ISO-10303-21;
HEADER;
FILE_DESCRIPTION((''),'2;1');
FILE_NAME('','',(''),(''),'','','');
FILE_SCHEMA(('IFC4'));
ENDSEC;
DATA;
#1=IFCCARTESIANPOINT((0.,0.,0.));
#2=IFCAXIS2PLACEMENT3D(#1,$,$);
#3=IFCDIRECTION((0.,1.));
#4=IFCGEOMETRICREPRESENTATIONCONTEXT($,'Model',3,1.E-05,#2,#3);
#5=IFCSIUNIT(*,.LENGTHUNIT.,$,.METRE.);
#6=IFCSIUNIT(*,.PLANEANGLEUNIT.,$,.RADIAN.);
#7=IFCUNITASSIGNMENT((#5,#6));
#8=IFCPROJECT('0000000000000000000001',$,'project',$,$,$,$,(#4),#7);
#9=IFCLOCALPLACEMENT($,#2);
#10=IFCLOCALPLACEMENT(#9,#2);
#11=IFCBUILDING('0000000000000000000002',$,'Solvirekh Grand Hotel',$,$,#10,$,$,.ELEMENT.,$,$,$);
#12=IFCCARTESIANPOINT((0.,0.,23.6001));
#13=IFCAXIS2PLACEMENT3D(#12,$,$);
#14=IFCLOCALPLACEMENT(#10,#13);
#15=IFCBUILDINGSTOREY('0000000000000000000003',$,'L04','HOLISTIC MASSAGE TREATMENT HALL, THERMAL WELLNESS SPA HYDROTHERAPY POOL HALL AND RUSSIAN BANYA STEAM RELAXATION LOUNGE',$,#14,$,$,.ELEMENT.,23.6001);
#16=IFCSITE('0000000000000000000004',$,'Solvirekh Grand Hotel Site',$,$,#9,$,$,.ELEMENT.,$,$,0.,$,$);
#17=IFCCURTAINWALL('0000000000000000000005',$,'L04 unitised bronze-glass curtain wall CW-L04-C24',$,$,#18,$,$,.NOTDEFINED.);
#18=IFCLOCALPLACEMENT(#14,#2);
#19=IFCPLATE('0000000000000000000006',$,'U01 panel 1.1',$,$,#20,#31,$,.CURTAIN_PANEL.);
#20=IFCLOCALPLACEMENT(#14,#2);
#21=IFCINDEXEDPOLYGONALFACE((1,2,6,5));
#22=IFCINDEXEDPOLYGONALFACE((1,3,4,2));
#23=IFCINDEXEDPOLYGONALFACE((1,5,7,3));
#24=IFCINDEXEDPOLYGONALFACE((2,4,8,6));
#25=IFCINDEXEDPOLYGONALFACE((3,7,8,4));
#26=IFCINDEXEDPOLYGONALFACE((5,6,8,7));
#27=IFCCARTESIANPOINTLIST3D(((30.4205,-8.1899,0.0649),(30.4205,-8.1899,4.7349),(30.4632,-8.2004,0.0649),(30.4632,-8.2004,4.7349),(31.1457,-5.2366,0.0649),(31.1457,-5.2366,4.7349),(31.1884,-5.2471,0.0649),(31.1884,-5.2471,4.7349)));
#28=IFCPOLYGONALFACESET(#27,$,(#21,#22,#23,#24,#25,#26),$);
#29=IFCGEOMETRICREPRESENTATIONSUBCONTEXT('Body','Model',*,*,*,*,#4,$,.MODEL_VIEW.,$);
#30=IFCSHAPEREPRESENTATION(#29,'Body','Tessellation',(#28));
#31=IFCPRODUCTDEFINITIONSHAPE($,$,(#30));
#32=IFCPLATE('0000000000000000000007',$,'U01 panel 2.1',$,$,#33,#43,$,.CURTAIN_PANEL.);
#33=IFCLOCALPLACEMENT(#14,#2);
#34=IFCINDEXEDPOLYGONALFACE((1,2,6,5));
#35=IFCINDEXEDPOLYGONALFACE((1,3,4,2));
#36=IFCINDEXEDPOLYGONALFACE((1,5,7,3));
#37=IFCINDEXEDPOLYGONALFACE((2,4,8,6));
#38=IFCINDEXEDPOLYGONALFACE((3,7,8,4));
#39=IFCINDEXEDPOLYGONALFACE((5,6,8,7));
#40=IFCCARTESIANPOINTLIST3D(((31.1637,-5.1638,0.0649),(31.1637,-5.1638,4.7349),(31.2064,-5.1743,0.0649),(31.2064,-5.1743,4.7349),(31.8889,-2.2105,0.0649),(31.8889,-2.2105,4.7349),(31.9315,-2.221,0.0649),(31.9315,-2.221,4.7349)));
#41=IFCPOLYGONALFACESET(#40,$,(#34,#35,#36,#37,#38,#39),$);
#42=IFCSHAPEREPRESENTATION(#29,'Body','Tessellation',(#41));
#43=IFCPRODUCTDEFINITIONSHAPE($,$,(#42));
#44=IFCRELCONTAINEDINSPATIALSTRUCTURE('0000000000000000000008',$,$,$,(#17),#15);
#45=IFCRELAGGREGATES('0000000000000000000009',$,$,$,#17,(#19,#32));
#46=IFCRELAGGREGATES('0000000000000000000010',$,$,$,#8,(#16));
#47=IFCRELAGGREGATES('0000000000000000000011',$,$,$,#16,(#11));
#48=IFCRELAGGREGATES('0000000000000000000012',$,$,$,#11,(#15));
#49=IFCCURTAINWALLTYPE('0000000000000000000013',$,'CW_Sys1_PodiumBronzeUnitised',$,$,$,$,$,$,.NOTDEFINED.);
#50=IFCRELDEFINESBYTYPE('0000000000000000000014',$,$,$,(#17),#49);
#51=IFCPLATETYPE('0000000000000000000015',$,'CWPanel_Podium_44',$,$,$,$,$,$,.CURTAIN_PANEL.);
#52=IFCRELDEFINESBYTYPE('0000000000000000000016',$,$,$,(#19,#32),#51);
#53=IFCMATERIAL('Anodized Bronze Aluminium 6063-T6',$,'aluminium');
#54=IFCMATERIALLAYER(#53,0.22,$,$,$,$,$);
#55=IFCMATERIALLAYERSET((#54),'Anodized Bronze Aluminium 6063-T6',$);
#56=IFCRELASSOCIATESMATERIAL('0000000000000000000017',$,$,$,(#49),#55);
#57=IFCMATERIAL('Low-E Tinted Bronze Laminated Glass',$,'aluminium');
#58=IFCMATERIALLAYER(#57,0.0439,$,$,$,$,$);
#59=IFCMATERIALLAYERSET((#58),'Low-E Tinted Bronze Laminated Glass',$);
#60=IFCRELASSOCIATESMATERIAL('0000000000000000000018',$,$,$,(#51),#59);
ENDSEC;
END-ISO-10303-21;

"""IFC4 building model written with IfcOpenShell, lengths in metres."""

from ifc_helpers import new_model, si_unit, direction, frame, origin, origin_2d, place, context, subcontext, project, spatial, rectangle, extrude, source, transform, mapped, material, layer, layer_set, type_object, element, aggregate, save


model = new_model("IFC4")

# Units and contexts
model_context = context("Model", 3, precision=1e-05, world=origin(), true_north=direction((0.0, 1.0)))
body_context = subcontext(model_context, "Body", "Model", "MODEL_VIEW")
ifc_project = project(units=[si_unit("LENGTHUNIT", "METRE"), si_unit("PLANEANGLEUNIT", "RADIAN")], contexts=[model_context])

# Site, building, storey
site_placement = place(None, origin())
site = spatial("IfcSite", under=ifc_project, at=site_placement, Name="Solvirekh Grand Hotel Site", CompositionType="ELEMENT", RefElevation=0.0)
building_placement = place(site_placement, origin())
building = spatial("IfcBuilding", under=site, at=building_placement, Name="Solvirekh Grand Hotel", CompositionType="ELEMENT")
storey_placement = place(building_placement, frame((0.0, 0.0, 23.6001)))
storey = spatial("IfcBuildingStorey", under=building, at=storey_placement, Name="L04", Description="HOLISTIC MASSAGE TREATMENT HALL, THERMAL WELLNESS SPA HYDROTHERAPY POOL HALL AND RUSSIAN BANYA STEAM RELAXATION LOUNGE", CompositionType="ELEMENT", Elevation=23.6001)

# Curtain wall
ifc_material_1 = material(Name="Anodized Bronze Aluminium 6063-T6", Category="aluminium")
ifc_layer_1 = layer(ifc_material_1, 0.22)
ifc_layer_set_1 = layer_set([ifc_layer_1], Name="Anodized Bronze Aluminium 6063-T6")
curtain_wall_type = type_object("IfcCurtainWallType", Name="CW_Sys1_PodiumBronzeUnitised", PredefinedType="NOTDEFINED", material=ifc_layer_set_1)
curtain_wall_1_placement = place(storey_placement, origin())
curtain_wall_1 = element("IfcCurtainWall", 1, at=curtain_wall_1_placement, inside=storey, type_object=curtain_wall_type, Name="L04 unitised bronze-glass curtain wall CW-L04-C24", PredefinedType="NOTDEFINED")

# Plates
ifc_material_2 = material(Name="Low-E Tinted Bronze Laminated Glass", Category="aluminium")
ifc_layer_2 = layer(ifc_material_2, 0.0439)
ifc_layer_set_2 = layer_set([ifc_layer_2], Name="Low-E Tinted Bronze Laminated Glass")
plate_type = type_object("IfcPlateType", Name="CWPanel_Podium_44", PredefinedType="CURTAIN_PANEL", material=ifc_layer_set_2)
shared_shape_1 = source(origin(), body_context, "Body", "SweptSolid", [
    extrude(rectangle(XDim=3.041, YDim=0.0439, at=origin_2d()), origin(), (0.0, 0.0, 1.0), 4.6699),
])
plate_1_placement = place(storey_placement, frame((30.8044, -6.7185, 0.0649), z_axis=(0.0, 0.0, 1.0), x_axis=(0.238467, 0.971151, 0.0)))
plate_1 = element("IfcPlate", 2, at=plate_1_placement, type_object=plate_type, Name="U01 panel 1.1", PredefinedType="CURTAIN_PANEL", context=body_context, shape_type="MappedRepresentation", body=[
    mapped(shared_shape_1, transform((0.0, 0.0, 0.0), x_axis=(1.0, 0.0, 0.0), y_axis=(0.0, 1.0, 0.0), z_axis=(0.0, 0.0, 1.0), scale=1.0)),
])
plate_2_placement = place(storey_placement, frame((31.5476, -3.6924, 0.0649), z_axis=(0.0, 0.0, 1.0), x_axis=(0.238467, 0.971151, 0.0)))
plate_2 = element("IfcPlate", 3, at=plate_2_placement, type_object=plate_type, Name="U01 panel 2.1", PredefinedType="CURTAIN_PANEL", context=body_context, shape_type="MappedRepresentation", body=[
    mapped(shared_shape_1, transform((0.0, 0.0, 0.0), x_axis=(1.0, 0.0, 0.0), y_axis=(0.0, 1.0, 0.0), z_axis=(0.0, 0.0, 1.0), scale=1.0)),
])
aggregate(curtain_wall_1, [plate_1, plate_2])

save(model, "model.ifc")
